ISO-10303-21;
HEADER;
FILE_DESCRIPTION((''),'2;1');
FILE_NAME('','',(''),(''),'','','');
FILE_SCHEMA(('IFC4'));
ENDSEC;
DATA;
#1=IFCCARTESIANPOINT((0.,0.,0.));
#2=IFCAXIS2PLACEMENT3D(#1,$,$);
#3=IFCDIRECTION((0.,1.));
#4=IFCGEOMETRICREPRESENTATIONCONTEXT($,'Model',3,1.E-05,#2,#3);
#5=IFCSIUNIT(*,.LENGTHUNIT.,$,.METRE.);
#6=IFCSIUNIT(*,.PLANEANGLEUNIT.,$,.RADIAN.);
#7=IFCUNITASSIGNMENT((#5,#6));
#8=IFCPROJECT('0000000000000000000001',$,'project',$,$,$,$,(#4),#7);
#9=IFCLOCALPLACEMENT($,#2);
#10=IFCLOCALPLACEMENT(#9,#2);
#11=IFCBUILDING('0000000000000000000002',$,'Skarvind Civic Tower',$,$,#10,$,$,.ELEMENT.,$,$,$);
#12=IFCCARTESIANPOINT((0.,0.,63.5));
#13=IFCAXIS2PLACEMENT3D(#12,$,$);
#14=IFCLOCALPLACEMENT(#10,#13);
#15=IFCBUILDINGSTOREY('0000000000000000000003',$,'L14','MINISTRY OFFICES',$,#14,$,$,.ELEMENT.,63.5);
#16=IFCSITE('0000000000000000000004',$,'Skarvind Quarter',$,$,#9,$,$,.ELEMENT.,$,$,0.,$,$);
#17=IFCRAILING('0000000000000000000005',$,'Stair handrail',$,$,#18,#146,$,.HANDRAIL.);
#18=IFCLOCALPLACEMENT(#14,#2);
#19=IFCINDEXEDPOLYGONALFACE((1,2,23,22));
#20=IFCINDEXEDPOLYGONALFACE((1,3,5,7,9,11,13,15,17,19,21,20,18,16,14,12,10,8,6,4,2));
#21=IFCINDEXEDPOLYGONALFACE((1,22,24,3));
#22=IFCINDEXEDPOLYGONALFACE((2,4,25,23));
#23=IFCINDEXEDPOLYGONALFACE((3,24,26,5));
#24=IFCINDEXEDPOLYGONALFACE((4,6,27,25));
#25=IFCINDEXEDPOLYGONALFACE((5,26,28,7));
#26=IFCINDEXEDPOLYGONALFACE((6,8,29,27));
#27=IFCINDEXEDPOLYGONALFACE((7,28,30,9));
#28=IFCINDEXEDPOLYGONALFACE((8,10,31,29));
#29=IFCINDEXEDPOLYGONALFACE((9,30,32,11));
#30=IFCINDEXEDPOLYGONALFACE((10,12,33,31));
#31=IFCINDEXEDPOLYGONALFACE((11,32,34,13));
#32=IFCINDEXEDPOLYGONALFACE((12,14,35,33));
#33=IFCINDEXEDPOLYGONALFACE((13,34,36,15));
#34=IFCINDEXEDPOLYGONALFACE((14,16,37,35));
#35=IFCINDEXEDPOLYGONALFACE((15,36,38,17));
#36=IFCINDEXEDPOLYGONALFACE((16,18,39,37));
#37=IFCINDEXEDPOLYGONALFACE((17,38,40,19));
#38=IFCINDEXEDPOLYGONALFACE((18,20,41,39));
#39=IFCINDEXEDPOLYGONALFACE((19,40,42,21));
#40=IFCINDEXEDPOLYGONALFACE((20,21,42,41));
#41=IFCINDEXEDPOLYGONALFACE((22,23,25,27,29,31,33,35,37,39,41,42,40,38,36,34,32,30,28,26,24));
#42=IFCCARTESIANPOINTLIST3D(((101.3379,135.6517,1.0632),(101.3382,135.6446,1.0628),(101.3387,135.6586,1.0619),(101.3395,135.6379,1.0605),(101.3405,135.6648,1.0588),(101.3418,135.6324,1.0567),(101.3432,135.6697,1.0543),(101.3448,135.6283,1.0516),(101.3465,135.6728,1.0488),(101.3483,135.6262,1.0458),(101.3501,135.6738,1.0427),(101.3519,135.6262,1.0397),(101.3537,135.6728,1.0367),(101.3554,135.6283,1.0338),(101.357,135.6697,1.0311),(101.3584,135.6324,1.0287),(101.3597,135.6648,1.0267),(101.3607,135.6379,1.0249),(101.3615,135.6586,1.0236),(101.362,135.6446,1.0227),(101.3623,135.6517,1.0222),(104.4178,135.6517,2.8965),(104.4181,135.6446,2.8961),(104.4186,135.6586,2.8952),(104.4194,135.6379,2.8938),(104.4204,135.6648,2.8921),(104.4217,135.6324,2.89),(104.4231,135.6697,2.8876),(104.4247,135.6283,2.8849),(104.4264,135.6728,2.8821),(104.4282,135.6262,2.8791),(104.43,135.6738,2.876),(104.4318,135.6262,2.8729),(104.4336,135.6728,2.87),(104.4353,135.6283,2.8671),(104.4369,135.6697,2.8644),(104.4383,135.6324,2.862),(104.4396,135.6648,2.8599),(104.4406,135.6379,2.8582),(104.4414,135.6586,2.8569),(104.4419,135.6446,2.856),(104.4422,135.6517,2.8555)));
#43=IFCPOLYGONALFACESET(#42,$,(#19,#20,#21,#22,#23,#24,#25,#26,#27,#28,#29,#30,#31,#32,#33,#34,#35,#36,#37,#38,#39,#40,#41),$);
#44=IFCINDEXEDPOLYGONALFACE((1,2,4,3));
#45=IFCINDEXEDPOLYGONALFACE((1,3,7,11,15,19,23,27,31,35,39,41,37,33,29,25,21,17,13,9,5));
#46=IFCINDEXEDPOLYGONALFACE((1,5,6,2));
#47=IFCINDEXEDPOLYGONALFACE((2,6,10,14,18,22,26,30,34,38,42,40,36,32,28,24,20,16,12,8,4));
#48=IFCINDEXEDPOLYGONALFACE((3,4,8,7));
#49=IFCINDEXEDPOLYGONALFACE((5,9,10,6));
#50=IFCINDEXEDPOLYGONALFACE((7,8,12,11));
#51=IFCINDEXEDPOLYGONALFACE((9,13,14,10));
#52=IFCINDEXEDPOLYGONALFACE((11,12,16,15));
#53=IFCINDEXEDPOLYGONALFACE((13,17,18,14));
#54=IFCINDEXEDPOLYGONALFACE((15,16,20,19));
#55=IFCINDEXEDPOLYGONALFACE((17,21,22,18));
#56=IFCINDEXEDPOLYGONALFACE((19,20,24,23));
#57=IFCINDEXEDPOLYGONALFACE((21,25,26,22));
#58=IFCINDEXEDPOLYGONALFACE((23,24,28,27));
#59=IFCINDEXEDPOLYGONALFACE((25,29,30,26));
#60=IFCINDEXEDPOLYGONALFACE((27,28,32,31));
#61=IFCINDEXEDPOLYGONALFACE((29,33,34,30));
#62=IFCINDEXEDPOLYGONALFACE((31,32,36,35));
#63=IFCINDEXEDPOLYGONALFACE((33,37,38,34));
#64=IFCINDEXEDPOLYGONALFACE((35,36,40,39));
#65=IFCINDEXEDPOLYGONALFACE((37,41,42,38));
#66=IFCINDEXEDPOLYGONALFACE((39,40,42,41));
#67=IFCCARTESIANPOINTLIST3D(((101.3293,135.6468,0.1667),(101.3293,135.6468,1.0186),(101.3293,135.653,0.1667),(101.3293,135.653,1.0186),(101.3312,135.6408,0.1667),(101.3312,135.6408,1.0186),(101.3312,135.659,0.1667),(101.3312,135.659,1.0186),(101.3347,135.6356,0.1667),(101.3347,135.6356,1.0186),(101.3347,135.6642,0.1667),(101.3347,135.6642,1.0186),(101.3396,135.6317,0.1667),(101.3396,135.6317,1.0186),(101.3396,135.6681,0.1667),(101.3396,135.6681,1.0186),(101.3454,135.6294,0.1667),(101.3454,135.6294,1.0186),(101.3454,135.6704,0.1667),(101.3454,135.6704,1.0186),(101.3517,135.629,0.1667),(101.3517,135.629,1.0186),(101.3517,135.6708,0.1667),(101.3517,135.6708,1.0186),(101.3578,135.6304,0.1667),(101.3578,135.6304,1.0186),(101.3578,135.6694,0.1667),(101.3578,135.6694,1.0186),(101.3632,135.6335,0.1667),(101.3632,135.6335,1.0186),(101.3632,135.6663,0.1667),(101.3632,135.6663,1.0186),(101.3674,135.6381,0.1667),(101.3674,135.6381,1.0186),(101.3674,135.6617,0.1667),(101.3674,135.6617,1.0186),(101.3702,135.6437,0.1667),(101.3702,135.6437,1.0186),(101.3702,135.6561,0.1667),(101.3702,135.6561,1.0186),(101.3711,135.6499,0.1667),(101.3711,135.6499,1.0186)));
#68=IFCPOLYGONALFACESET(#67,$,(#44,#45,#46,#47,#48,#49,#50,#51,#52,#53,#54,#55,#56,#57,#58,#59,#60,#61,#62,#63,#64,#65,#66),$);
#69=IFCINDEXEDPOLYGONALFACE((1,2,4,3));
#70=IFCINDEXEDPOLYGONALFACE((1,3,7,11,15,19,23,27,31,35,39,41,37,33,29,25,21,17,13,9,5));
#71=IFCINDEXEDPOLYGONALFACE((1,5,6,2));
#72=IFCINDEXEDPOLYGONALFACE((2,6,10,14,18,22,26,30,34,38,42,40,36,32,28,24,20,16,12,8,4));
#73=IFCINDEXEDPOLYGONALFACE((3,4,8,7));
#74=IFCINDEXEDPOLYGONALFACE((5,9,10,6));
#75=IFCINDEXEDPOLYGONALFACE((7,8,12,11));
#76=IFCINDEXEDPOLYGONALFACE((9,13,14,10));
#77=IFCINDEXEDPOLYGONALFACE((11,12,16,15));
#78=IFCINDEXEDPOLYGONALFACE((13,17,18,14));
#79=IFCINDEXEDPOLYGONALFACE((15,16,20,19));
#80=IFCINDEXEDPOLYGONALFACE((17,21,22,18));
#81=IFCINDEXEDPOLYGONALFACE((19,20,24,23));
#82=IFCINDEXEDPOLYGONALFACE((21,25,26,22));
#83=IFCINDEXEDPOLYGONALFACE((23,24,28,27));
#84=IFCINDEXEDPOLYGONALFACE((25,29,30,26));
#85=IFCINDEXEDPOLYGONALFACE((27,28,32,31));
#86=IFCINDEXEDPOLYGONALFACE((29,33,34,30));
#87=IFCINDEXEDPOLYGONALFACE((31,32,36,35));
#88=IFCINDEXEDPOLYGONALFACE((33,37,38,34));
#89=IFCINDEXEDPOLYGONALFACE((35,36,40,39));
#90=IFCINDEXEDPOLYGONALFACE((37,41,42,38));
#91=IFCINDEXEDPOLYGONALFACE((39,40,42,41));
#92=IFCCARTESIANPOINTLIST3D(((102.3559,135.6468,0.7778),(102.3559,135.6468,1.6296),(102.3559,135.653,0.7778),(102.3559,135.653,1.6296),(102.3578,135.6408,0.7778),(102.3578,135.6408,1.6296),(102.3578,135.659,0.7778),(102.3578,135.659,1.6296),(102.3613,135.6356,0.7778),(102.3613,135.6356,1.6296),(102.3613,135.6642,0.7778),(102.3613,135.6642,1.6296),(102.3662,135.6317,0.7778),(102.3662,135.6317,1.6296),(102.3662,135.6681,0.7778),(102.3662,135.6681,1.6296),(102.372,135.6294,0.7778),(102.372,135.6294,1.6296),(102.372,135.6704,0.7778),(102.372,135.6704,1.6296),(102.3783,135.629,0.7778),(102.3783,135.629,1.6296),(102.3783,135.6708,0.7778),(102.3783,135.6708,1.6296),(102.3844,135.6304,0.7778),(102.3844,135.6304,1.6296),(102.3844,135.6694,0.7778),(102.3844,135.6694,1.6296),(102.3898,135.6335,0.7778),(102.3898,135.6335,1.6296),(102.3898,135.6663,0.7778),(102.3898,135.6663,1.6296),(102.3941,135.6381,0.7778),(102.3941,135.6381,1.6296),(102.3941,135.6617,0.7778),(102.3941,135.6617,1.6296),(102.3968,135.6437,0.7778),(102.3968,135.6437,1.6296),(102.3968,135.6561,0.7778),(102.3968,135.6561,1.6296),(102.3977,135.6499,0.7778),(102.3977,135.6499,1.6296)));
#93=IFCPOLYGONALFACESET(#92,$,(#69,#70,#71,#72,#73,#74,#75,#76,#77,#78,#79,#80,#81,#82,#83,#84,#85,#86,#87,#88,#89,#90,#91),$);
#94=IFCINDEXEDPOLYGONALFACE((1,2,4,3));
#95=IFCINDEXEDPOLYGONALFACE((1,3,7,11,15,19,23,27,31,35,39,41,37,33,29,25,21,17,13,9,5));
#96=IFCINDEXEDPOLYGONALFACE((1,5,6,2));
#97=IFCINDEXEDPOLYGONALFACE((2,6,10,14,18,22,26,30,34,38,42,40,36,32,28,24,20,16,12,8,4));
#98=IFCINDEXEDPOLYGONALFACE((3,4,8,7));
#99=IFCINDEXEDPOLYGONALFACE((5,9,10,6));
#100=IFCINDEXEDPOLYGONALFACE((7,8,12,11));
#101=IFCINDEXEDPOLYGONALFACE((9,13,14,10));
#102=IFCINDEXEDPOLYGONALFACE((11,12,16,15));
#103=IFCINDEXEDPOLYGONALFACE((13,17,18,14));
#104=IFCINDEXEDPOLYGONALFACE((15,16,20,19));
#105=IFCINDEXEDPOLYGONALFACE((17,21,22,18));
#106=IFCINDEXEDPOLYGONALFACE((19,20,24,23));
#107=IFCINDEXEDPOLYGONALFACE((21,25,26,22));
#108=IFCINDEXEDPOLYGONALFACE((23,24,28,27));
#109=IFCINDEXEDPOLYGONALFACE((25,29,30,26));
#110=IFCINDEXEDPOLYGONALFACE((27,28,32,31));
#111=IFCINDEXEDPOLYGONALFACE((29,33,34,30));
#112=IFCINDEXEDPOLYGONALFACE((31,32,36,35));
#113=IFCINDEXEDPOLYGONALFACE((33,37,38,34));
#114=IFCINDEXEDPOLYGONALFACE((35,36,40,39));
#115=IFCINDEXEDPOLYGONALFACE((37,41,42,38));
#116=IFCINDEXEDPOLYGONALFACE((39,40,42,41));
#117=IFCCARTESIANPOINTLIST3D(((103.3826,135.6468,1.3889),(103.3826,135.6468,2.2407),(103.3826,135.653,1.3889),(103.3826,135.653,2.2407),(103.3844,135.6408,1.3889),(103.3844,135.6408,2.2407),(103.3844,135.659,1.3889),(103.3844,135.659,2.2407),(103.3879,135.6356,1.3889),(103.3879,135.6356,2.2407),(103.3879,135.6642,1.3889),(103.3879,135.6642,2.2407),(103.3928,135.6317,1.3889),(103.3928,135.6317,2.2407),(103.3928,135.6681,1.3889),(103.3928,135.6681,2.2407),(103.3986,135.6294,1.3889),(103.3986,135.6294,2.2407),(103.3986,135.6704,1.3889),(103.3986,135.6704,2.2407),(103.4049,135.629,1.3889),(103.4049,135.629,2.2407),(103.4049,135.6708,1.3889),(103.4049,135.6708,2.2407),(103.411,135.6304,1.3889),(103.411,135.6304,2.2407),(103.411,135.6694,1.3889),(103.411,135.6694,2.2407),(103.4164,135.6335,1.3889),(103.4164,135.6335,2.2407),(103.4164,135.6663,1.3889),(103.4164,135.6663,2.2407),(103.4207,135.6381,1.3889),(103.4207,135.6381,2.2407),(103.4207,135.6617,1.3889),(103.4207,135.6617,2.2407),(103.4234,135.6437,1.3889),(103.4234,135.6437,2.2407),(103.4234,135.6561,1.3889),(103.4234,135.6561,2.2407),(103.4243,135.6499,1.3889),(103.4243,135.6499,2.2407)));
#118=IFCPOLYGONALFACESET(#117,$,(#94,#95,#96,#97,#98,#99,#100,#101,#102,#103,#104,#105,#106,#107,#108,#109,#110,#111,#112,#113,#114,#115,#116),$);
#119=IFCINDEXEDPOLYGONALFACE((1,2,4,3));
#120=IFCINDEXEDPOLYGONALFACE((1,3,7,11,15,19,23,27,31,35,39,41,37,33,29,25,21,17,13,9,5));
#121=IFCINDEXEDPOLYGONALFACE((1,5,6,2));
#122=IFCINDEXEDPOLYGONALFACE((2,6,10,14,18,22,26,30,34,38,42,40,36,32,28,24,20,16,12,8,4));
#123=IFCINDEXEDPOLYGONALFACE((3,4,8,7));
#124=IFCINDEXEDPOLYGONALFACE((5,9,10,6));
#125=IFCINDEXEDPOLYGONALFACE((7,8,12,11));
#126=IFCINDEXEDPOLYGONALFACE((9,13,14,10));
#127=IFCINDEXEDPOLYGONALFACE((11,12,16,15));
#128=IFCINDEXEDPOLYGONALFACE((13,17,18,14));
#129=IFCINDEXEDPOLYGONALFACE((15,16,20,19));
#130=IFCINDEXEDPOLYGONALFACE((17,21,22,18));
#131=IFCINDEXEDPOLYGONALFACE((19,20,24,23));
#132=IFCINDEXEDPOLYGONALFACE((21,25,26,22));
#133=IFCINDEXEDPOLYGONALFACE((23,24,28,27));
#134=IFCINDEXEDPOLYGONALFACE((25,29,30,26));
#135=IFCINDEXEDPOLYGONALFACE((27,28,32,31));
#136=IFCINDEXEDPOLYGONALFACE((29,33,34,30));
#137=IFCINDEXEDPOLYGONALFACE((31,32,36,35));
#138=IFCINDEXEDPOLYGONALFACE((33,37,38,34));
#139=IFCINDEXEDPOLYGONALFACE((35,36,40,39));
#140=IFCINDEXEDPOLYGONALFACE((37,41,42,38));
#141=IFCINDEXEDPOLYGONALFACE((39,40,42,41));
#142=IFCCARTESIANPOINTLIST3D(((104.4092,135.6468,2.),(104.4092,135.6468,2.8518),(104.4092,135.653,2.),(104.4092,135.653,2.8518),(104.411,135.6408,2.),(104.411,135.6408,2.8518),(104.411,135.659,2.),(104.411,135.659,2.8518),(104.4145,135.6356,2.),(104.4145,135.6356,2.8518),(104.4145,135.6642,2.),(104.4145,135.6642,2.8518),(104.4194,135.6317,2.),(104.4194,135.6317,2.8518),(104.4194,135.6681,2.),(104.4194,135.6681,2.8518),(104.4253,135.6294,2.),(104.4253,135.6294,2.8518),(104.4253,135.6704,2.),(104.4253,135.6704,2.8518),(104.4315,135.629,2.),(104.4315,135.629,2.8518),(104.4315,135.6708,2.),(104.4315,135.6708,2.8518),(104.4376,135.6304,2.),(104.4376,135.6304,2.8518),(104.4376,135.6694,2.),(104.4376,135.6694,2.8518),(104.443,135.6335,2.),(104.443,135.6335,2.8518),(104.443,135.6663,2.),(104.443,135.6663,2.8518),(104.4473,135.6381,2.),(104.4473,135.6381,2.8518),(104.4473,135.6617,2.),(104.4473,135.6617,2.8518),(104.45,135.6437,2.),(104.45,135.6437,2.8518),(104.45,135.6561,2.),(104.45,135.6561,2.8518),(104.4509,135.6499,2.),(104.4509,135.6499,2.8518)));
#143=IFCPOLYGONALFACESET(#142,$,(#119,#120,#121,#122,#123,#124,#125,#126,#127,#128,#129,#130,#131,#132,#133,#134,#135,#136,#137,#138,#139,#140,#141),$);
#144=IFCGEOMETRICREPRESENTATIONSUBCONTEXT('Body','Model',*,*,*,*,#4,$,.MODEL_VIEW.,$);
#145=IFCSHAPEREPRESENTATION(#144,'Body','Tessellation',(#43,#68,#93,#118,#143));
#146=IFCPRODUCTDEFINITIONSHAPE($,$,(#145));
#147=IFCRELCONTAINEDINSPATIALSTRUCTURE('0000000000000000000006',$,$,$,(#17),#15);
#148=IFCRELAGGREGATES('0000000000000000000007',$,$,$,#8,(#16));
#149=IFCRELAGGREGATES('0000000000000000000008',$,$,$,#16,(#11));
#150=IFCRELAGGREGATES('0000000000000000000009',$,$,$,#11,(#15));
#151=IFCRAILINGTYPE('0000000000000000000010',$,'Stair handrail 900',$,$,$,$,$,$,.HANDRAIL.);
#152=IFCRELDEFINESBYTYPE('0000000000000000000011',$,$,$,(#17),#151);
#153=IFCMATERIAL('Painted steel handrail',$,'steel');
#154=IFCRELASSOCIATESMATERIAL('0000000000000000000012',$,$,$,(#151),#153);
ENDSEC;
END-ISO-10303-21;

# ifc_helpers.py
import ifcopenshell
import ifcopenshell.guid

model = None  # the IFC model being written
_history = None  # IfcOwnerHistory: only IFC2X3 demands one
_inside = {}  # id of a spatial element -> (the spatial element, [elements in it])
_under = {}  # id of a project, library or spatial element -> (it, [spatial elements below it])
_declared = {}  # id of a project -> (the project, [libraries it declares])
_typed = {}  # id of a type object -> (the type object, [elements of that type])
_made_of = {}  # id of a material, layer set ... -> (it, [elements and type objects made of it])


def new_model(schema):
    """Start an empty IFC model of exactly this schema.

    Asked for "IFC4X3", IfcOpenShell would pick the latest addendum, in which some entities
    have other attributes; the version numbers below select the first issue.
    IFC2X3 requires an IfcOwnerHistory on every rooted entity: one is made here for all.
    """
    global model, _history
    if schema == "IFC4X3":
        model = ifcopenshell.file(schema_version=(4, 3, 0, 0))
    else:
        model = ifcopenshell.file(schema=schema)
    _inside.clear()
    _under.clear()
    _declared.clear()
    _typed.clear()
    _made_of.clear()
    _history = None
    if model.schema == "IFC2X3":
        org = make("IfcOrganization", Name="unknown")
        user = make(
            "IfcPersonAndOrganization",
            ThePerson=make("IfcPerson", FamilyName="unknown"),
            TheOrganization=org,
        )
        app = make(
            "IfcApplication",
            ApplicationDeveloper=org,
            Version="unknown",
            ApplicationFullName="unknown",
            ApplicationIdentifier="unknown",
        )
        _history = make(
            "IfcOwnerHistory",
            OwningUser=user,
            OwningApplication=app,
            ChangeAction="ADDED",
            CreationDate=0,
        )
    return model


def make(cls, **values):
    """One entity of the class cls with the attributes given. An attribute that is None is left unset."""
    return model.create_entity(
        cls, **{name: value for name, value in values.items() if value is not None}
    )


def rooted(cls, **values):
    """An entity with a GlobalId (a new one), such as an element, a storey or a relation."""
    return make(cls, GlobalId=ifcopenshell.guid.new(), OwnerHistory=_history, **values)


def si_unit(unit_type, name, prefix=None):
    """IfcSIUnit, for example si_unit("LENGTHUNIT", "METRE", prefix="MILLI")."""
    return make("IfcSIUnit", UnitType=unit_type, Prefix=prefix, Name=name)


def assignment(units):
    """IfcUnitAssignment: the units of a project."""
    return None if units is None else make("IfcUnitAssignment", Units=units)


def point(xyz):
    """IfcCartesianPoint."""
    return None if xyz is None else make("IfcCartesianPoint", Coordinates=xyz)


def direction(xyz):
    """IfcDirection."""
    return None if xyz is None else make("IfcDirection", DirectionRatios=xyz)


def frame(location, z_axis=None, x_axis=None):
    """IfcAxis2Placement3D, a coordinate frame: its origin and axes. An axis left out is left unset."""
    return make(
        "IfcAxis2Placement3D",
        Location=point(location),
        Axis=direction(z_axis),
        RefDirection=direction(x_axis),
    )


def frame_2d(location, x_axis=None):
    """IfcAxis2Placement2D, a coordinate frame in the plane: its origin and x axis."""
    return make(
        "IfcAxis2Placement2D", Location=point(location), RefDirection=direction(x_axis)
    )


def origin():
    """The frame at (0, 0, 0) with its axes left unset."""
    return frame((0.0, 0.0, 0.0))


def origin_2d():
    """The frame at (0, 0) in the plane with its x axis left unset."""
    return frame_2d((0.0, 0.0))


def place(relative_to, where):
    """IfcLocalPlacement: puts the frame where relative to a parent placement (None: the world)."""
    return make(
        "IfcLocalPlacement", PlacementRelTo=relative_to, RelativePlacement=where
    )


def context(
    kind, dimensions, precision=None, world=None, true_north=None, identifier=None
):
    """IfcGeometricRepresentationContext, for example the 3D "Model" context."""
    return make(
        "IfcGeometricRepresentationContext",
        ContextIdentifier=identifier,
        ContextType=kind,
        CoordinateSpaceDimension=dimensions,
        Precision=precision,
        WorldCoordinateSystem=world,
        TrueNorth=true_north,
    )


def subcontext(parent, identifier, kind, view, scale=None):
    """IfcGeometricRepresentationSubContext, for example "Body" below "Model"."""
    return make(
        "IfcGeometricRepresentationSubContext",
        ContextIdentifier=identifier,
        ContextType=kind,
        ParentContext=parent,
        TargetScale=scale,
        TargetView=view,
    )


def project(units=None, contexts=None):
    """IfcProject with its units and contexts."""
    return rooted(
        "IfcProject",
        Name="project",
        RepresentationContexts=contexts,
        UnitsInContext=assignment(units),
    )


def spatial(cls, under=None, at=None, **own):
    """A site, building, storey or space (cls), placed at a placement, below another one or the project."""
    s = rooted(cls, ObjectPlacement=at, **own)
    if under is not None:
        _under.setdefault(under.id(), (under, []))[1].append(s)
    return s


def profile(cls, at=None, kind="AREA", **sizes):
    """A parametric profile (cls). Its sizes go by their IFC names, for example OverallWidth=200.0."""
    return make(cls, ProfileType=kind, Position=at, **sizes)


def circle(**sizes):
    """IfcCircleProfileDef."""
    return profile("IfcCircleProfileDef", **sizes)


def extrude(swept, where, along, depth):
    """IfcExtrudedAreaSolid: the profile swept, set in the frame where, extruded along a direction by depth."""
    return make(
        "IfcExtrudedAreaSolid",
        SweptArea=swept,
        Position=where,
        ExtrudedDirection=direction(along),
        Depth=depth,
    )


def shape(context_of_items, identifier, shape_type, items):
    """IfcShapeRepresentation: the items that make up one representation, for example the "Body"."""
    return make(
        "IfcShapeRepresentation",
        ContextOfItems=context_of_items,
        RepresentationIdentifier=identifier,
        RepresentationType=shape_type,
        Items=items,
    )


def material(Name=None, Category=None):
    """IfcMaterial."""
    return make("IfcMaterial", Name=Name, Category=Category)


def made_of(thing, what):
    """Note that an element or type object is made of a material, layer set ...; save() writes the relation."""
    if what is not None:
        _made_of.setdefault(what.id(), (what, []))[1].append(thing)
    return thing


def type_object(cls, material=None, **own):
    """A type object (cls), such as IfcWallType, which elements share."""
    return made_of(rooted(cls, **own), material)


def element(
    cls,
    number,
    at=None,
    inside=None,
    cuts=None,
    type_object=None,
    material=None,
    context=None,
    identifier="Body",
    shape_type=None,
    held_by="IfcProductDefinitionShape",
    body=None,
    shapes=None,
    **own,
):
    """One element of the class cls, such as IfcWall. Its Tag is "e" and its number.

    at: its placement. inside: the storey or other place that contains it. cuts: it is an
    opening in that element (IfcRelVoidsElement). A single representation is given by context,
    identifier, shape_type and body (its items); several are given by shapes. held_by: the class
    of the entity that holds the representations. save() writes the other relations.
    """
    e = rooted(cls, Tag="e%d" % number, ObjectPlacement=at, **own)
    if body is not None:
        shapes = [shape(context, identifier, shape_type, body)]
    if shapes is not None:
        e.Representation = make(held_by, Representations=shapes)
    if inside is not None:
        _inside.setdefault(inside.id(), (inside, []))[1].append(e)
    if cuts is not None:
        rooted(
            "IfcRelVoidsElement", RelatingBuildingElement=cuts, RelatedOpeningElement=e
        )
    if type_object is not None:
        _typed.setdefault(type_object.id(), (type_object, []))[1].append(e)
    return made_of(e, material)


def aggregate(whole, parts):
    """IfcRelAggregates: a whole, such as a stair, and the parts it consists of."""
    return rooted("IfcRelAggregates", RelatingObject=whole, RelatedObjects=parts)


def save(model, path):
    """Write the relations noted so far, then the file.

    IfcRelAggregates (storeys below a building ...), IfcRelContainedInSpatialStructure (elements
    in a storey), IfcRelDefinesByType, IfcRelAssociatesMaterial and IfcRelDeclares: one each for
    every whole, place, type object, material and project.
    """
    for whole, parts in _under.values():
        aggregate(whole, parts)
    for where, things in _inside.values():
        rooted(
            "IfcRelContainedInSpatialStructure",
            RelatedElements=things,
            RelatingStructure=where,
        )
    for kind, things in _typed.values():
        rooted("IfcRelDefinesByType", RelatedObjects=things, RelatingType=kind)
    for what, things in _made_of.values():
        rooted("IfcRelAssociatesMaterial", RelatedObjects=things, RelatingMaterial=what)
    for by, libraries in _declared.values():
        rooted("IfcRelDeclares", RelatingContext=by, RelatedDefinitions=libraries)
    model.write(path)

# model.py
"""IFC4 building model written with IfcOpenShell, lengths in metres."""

from ifc_helpers import new_model, si_unit, direction, frame, origin, origin_2d, place, context, subcontext, project, spatial, circle, extrude, material, type_object, element, save


model = new_model("IFC4")

# Units and contexts
model_context = context("Model", 3, precision=1e-05, world=origin(), true_north=direction((0.0, 1.0)))
body_context = subcontext(model_context, "Body", "Model", "MODEL_VIEW")
ifc_project = project(units=[si_unit("LENGTHUNIT", "METRE"), si_unit("PLANEANGLEUNIT", "RADIAN")], contexts=[model_context])

# Site, building, storey
site_placement = place(None, origin())
site = spatial("IfcSite", under=ifc_project, at=site_placement, Name="Skarvind Quarter", CompositionType="ELEMENT", RefElevation=0.0)
building_placement = place(site_placement, origin())
building = spatial("IfcBuilding", under=site, at=building_placement, Name="Skarvind Civic Tower", CompositionType="ELEMENT")
storey_placement = place(building_placement, frame((0.0, 0.0, 63.5)))
storey = spatial("IfcBuildingStorey", under=building, at=storey_placement, Name="L14", Description="MINISTRY OFFICES", CompositionType="ELEMENT", Elevation=63.5)

# Railing
ifc_material_1 = material(Name="Painted steel handrail", Category="steel")
railing_type = type_object("IfcRailingType", Name="Stair handrail 900", PredefinedType="HANDRAIL", material=ifc_material_1)
railing_1_placement = place(storey_placement, frame((101.3501, 135.6499, 0.1667)))
element("IfcRailing", 1, at=railing_1_placement, inside=storey, type_object=railing_type, Name="Stair handrail", PredefinedType="HANDRAIL", context=body_context, shape_type="SweptSolid", body=[
    extrude(circle(Radius=0.0239, at=origin_2d()), frame((0.0, 0.0, 0.876), z_axis=(0.859291, 0.0, 0.511487), x_axis=(0.0, 1.0, 0.0)), (0.0, 0.0, 1.0), 3.5842),
    extrude(circle(Radius=0.021, at=origin_2d()), origin(), (0.0, 0.0, 1.0), 0.8518),
    extrude(circle(Radius=0.021, at=origin_2d()), frame((1.0266, 0.0, 0.6111)), (0.0, 0.0, 1.0), 0.8518),
    extrude(circle(Radius=0.021, at=origin_2d()), frame((2.0532, 0.0, 1.2222)), (0.0, 0.0, 1.0), 0.8518),
    extrude(circle(Radius=0.021, at=origin_2d()), frame((3.0798, 0.0, 1.8333)), (0.0, 0.0, 1.0), 0.8518),
])

save(model, "model.ifc")
